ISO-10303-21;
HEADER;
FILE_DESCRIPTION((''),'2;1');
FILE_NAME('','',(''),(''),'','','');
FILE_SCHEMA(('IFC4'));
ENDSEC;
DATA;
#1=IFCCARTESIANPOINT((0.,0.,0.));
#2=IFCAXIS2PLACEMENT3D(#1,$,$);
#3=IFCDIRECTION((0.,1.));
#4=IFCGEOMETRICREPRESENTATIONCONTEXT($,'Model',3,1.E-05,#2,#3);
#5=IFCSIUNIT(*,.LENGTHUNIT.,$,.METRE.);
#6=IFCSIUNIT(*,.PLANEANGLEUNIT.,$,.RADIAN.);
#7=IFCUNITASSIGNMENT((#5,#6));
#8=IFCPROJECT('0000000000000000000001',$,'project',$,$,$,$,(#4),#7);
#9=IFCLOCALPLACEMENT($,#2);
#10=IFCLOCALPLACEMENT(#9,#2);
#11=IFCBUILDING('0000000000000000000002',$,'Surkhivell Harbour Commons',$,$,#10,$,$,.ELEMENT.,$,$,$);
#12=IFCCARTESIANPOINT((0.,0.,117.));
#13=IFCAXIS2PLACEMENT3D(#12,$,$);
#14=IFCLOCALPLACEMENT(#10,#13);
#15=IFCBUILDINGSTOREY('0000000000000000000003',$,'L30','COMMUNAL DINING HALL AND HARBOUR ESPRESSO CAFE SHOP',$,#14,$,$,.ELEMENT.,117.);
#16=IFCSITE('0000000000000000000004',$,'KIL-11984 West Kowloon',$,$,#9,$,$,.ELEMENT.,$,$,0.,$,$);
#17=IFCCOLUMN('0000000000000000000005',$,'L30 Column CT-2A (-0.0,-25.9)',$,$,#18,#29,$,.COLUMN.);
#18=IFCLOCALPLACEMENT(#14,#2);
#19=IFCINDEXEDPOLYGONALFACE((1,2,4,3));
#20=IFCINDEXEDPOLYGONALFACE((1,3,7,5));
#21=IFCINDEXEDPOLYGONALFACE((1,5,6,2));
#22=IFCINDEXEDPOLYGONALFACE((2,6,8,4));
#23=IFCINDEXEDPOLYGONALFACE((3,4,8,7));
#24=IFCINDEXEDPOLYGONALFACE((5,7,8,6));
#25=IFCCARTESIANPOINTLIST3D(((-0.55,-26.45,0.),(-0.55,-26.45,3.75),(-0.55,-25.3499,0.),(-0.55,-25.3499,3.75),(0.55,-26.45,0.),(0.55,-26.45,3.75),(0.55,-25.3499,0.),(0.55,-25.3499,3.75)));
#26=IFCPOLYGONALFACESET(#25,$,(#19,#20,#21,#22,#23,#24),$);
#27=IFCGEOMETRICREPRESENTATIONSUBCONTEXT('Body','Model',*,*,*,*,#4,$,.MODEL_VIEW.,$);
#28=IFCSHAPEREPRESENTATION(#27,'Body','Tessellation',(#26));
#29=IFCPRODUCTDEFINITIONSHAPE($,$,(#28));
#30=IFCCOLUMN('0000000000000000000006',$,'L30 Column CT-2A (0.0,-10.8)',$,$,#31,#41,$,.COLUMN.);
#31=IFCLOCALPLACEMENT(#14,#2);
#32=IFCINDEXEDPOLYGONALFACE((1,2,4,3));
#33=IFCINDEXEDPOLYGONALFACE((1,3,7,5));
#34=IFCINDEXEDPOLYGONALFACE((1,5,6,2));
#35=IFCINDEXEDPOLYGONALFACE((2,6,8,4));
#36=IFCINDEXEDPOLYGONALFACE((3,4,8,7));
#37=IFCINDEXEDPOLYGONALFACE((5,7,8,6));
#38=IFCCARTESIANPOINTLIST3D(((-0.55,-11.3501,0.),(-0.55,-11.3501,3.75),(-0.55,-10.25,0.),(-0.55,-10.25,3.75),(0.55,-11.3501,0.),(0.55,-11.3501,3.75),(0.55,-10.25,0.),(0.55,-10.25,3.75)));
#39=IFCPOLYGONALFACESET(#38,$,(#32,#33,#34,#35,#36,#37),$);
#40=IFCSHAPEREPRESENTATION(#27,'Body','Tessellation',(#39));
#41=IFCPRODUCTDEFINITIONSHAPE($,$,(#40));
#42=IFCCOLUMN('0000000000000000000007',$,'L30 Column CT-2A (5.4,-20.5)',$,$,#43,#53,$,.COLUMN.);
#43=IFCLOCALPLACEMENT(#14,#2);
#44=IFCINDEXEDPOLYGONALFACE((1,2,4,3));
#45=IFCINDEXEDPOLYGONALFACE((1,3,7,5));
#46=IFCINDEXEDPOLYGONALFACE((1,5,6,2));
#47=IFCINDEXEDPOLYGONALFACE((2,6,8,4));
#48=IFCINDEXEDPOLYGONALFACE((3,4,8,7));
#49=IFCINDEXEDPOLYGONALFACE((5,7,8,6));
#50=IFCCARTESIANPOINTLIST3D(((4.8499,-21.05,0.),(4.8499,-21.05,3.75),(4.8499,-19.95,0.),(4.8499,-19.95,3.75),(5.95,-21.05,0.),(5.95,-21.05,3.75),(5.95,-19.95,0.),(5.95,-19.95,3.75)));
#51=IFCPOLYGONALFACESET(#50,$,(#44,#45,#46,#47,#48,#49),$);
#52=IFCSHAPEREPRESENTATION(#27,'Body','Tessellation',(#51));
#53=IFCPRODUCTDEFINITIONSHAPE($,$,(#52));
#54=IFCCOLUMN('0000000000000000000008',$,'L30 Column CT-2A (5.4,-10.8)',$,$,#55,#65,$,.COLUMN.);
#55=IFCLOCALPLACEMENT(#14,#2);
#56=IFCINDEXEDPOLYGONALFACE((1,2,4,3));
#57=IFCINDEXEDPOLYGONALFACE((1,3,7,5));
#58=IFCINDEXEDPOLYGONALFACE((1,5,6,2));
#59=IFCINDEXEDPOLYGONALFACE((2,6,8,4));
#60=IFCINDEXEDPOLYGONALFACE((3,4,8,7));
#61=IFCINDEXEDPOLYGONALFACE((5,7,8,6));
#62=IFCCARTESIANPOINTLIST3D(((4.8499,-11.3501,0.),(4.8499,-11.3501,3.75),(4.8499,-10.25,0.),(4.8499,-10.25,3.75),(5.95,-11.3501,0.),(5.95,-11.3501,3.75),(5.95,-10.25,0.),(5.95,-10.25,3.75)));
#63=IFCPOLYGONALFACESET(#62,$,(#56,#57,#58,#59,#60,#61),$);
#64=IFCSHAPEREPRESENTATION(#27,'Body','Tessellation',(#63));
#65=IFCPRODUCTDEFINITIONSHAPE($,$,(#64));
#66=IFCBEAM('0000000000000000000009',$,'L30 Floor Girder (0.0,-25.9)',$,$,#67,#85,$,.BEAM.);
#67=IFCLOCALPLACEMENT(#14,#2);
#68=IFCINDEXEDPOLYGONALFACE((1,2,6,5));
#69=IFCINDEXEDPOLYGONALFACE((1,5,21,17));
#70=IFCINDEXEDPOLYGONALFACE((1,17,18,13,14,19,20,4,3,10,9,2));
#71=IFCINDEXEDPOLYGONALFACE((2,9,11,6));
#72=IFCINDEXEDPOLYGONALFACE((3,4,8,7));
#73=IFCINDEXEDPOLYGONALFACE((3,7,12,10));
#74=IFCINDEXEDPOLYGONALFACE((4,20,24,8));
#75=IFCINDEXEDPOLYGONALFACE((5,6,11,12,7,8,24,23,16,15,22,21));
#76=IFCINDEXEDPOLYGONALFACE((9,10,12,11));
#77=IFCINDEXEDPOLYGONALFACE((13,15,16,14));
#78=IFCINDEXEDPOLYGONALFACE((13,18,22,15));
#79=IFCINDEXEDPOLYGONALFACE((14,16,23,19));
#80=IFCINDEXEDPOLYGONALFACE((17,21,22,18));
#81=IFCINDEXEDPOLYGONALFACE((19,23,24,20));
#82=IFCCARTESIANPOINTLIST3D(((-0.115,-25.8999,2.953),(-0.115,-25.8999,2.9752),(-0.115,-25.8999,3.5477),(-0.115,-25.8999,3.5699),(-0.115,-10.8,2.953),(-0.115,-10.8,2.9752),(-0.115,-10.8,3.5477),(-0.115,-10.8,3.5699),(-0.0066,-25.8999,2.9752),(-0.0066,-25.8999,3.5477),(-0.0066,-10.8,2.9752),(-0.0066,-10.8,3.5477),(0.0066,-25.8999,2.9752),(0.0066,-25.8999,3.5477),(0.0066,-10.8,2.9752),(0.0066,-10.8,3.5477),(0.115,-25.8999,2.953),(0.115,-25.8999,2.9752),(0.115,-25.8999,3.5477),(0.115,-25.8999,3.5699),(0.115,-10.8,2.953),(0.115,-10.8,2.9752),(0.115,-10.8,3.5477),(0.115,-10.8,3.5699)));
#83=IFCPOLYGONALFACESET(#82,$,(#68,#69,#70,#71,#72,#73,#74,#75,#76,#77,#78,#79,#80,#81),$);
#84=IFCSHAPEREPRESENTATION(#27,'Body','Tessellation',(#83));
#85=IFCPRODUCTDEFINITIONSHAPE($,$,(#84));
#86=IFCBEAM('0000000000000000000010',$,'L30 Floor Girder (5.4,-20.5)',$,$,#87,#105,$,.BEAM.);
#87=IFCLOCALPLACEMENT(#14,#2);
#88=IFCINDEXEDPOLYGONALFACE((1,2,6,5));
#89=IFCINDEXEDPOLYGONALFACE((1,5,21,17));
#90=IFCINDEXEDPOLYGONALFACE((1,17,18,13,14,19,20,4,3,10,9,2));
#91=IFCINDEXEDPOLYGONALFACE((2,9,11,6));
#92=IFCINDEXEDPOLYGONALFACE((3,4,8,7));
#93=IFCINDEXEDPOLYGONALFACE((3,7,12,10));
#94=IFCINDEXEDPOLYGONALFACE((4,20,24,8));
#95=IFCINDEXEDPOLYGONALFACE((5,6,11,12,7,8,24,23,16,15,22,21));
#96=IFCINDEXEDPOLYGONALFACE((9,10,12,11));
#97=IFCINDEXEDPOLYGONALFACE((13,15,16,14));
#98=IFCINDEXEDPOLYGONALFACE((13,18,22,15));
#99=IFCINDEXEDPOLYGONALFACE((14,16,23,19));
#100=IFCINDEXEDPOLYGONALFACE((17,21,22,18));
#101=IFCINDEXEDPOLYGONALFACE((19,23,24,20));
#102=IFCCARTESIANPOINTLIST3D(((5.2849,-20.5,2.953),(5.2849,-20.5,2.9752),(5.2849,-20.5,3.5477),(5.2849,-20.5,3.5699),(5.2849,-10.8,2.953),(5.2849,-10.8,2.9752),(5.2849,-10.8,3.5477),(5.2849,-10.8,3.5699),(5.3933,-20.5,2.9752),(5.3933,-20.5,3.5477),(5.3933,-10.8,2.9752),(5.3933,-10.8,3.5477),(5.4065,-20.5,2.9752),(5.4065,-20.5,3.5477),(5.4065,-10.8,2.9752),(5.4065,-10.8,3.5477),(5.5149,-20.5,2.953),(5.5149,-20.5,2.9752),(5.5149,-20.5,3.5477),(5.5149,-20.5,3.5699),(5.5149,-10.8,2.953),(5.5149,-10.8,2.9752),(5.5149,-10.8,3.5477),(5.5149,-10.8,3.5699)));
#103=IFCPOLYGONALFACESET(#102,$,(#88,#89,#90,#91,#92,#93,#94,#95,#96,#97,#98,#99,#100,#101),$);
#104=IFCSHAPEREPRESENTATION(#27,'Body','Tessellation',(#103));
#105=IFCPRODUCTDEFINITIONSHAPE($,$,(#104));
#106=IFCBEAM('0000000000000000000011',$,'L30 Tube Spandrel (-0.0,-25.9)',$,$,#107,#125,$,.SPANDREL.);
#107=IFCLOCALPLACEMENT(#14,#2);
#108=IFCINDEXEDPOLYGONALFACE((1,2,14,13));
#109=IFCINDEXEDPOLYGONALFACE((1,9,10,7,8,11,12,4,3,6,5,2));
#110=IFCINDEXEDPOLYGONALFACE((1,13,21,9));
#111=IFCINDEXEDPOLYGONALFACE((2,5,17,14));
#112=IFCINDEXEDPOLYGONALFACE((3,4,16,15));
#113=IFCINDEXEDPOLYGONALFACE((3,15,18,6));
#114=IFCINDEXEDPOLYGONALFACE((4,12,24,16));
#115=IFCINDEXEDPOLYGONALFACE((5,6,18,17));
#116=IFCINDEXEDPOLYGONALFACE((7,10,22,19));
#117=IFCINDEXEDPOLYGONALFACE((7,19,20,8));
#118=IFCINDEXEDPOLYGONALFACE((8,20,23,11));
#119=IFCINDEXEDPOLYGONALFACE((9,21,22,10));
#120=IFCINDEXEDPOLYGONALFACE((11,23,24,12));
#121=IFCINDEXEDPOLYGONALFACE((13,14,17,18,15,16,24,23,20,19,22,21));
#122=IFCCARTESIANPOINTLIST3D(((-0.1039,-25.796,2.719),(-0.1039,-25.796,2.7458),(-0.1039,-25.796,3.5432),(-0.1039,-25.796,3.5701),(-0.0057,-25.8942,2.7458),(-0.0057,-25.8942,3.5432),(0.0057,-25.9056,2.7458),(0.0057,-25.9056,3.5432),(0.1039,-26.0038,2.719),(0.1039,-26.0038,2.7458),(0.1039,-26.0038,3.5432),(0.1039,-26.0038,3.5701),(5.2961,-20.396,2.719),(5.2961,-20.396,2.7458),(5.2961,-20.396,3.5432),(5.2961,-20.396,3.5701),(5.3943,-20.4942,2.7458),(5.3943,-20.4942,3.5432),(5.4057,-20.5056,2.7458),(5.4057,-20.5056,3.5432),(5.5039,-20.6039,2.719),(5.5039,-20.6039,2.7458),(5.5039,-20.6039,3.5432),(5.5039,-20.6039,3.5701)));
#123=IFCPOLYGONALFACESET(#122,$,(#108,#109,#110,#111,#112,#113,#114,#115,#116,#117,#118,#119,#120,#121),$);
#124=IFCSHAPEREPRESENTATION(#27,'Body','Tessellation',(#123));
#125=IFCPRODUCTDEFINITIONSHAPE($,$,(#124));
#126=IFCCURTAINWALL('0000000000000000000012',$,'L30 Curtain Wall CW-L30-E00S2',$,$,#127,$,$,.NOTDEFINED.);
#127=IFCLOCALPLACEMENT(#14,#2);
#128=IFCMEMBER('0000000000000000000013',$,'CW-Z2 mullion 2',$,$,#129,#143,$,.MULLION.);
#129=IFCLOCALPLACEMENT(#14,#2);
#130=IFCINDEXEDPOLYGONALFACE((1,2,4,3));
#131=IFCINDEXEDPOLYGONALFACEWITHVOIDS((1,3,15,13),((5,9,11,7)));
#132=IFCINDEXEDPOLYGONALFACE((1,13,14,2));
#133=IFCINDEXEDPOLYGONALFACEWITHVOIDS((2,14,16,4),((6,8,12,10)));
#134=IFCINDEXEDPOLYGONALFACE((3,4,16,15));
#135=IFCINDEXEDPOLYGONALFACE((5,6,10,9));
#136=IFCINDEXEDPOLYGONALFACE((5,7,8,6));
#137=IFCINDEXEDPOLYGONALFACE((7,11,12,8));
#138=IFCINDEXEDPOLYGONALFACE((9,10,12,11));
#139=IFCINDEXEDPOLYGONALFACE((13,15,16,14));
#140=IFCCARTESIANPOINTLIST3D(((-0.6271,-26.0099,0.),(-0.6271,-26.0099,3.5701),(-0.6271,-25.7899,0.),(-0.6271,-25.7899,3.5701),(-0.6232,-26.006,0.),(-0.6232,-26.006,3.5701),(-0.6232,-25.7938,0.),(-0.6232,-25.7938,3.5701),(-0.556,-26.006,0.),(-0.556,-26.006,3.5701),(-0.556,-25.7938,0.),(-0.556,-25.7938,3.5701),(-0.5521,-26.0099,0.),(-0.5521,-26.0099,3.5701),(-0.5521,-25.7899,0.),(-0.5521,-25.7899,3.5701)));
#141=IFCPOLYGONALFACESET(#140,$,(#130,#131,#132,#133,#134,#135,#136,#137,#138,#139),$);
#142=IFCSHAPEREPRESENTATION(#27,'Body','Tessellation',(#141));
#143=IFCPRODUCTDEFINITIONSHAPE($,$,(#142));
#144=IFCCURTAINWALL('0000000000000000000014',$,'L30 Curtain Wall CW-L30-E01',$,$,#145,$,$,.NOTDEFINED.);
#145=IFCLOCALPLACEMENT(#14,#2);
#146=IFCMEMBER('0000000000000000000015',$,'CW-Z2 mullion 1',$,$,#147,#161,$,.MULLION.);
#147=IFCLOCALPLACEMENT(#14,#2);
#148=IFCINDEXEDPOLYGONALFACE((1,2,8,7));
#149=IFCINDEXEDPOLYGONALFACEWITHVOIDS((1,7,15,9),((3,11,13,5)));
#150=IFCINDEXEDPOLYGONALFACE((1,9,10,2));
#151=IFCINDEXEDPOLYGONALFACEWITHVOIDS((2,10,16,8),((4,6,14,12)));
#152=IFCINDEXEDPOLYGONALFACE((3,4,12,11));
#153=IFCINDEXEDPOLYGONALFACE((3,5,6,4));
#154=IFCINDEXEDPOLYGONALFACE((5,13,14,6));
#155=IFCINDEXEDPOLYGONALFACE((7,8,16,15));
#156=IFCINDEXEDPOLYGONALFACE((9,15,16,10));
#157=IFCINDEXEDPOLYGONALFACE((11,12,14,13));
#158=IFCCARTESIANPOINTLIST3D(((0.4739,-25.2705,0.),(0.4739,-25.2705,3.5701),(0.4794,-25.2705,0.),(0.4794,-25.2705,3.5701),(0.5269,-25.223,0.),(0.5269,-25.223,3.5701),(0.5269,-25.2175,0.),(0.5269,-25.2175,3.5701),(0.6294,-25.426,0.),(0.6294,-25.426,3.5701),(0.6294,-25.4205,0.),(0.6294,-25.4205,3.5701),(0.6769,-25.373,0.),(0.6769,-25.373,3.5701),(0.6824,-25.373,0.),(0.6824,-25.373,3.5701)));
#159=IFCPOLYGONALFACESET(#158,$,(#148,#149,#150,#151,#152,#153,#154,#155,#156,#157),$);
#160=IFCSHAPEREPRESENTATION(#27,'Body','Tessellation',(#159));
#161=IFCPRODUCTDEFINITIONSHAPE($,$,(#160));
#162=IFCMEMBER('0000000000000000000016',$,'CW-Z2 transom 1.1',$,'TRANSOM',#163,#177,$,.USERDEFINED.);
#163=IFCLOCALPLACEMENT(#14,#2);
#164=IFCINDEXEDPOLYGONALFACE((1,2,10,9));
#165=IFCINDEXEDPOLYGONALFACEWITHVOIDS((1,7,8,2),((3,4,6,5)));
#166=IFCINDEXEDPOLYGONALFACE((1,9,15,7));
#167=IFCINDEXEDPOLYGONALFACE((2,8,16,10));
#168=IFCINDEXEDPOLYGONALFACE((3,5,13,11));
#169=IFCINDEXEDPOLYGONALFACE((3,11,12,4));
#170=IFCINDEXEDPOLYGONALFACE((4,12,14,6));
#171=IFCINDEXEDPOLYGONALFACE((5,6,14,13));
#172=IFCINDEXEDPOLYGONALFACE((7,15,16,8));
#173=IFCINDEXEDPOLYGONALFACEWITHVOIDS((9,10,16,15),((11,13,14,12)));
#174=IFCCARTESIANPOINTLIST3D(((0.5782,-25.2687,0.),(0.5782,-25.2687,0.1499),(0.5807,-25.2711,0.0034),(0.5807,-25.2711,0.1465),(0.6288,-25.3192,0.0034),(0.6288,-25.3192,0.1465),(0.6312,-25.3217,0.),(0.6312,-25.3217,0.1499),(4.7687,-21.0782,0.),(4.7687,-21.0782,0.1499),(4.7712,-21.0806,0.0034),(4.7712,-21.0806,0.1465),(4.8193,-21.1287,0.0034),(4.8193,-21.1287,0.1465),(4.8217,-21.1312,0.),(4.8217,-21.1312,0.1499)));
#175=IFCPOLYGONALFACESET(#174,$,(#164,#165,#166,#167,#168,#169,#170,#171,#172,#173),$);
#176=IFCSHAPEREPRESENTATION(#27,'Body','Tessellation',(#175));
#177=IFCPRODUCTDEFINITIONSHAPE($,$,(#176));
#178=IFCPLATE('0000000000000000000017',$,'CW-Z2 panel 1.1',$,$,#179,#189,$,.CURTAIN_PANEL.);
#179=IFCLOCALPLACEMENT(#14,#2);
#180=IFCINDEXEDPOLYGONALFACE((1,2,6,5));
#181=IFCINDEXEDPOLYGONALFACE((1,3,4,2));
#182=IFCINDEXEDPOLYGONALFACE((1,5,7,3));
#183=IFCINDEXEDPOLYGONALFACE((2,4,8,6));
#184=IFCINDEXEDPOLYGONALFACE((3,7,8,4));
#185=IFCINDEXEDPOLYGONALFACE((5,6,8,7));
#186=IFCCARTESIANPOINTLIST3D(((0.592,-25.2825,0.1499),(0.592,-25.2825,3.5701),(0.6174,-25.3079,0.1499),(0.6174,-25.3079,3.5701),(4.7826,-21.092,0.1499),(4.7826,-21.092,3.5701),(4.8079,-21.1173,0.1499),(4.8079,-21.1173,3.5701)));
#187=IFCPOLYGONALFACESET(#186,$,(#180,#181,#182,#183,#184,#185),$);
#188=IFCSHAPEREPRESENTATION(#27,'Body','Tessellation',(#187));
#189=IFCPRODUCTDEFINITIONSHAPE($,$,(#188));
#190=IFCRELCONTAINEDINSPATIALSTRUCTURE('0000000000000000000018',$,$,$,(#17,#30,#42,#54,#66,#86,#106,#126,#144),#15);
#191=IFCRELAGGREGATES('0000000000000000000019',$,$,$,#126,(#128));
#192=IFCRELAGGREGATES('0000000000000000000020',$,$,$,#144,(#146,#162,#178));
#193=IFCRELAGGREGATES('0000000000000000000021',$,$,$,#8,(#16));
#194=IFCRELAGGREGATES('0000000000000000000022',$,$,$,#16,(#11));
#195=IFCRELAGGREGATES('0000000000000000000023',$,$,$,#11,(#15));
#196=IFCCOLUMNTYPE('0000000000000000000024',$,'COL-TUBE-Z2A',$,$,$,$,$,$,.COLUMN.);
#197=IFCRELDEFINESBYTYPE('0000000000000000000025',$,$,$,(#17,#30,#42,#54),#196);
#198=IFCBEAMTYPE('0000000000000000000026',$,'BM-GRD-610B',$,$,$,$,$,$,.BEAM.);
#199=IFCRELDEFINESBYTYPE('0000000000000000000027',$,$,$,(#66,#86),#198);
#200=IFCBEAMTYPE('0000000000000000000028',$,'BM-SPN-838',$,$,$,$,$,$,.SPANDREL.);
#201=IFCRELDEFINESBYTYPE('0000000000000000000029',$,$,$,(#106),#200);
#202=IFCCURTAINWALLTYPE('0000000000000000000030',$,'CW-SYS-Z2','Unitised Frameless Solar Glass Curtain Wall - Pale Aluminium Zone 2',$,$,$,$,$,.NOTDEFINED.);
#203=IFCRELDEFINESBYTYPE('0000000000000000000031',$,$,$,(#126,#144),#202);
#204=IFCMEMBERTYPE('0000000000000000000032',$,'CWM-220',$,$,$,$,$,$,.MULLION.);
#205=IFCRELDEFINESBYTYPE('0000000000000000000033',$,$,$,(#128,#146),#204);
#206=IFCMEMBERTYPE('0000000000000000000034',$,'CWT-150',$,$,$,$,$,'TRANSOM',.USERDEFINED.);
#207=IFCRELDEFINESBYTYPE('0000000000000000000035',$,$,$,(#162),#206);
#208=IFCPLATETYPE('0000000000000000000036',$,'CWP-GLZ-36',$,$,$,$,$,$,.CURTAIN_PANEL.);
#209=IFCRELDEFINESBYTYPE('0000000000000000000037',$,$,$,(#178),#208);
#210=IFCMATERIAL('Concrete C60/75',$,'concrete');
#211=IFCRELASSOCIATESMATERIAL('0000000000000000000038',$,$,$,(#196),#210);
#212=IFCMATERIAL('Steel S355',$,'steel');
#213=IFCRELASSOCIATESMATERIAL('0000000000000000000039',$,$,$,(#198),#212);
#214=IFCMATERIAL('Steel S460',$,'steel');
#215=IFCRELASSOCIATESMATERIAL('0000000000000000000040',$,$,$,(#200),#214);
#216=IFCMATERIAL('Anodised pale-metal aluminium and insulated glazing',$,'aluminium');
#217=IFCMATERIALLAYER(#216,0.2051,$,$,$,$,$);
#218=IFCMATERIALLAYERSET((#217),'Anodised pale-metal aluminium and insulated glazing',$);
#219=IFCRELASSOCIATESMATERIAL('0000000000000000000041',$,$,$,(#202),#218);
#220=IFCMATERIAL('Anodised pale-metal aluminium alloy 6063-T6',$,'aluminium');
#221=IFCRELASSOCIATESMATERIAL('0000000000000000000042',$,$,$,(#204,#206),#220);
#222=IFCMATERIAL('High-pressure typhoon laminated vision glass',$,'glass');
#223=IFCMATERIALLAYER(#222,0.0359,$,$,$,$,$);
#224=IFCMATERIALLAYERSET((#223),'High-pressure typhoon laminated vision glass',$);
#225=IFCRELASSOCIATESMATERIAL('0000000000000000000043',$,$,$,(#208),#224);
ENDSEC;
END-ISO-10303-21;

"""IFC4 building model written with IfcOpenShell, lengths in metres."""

from ifc_helpers import new_model, si_unit, direction, frame, frame_2d, origin, origin_2d, place, context, subcontext, project, spatial, rectangle, hollow_rectangle, i_section, extrude, material, layer, layer_set, material_profile, profile_set, type_object, element, aggregate, save


model = new_model("IFC4")

# Units and contexts
model_context = context("Model", 3, precision=1e-05, world=origin(), true_north=direction((0.0, 1.0)))
body_context = subcontext(model_context, "Body", "Model", "MODEL_VIEW")
ifc_project = project(units=[si_unit("LENGTHUNIT", "METRE"), si_unit("PLANEANGLEUNIT", "RADIAN")], contexts=[model_context])

# Site, building, storey
site_placement = place(None, origin())
site = spatial("IfcSite", under=ifc_project, at=site_placement, Name="KIL-11984 West Kowloon", CompositionType="ELEMENT", RefElevation=0.0)
building_placement = place(site_placement, origin())
building = spatial("IfcBuilding", under=site, at=building_placement, Name="Surkhivell Harbour Commons", CompositionType="ELEMENT")
storey_placement = place(building_placement, frame((0.0, 0.0, 117.0)))
storey = spatial("IfcBuildingStorey", under=building, at=storey_placement, Name="L30", Description="COMMUNAL DINING HALL AND HARBOUR ESPRESSO CAFE SHOP", CompositionType="ELEMENT", Elevation=117.0)

# Columns
ifc_material_1 = material(Name="Concrete C60/75", Category="concrete")
ifc_material_profile_1 = material_profile(ifc_material_1, rectangle(XDim=1.1001, YDim=1.1001, at=origin_2d()), Name="RC-COL-1100x1100")
ifc_profile_set_1 = profile_set([ifc_material_profile_1], Name="Concrete C60/75")
column_type = type_object("IfcColumnType", Name="COL-TUBE-Z2A", PredefinedType="COLUMN", material=ifc_profile_set_1)
for number, where, z_axis, x_axis, name in (
    (1, (0.0, -25.8999, 0.0), (0.0, 0.0, 1.0), (1.0, 0.0, 0.0), "L30 Column CT-2A (-0.0,-25.9)"),
    (2, (0.0, -10.8, 0.0), (0.0, 0.0, 1.0), (1.0, 0.0, 0.0), "L30 Column CT-2A (0.0,-10.8)"),
    (3, (5.3999, -20.5, 0.0), (0.0, 0.0, 1.0), (1.0, 0.0, 0.0), "L30 Column CT-2A (5.4,-20.5)"),
    (4, (5.3999, -10.8, 0.0), (0.0, 0.0, 1.0), (1.0, 0.0, 0.0), "L30 Column CT-2A (5.4,-10.8)"),
):
    element("IfcColumn", number, at=place(storey_placement, frame(where, z_axis=z_axis, x_axis=x_axis)), inside=storey, type_object=column_type, Name=name, PredefinedType="COLUMN", context=body_context, shape_type="SweptSolid", body=[
        extrude(rectangle(XDim=1.1001, YDim=1.1001, at=origin_2d()), origin(), (0.0, 0.0, 1.0), 3.75),
    ])

# Beams
ifc_material_2 = material(Name="Steel S355", Category="steel")
ifc_material_profile_2 = material_profile(ifc_material_2, i_section(OverallWidth=0.23, OverallDepth=0.6169, WebThickness=0.0132, FlangeThickness=0.0222, at=origin_2d()), Name="UB610x229x140")
ifc_profile_set_2 = profile_set([ifc_material_profile_2], Name="Steel S355")
beam_type_1 = type_object("IfcBeamType", Name="BM-GRD-610B", PredefinedType="BEAM", material=ifc_profile_set_2)
beam_1_placement = place(storey_placement, frame((0.0, -25.8999, 3.2615), z_axis=(0.0, 1.0, 0.0), x_axis=(-1.0, 0.0, 0.0)))
element("IfcBeam", 5, at=beam_1_placement, inside=storey, type_object=beam_type_1, Name="L30 Floor Girder (0.0,-25.9)", PredefinedType="BEAM", context=body_context, shape_type="SweptSolid", body=[
    extrude(i_section(OverallWidth=0.23, OverallDepth=0.6169, WebThickness=0.0132, FlangeThickness=0.0222, at=origin_2d()), origin(), (0.0, 0.0, 1.0), 15.0999),
])
beam_2_placement = place(storey_placement, frame((5.3999, -20.5, 3.2615), z_axis=(0.0, 1.0, 0.0), x_axis=(-1.0, 0.0, 0.0)))
element("IfcBeam", 6, at=beam_2_placement, inside=storey, type_object=beam_type_1, Name="L30 Floor Girder (5.4,-20.5)", PredefinedType="BEAM", context=body_context, shape_type="SweptSolid", body=[
    extrude(i_section(OverallWidth=0.23, OverallDepth=0.6169, WebThickness=0.0132, FlangeThickness=0.0222, at=origin_2d()), origin(), (0.0, 0.0, 1.0), 9.7),
])
ifc_material_3 = material(Name="Steel S460", Category="steel")
ifc_material_profile_3 = material_profile(ifc_material_3, i_section(OverallWidth=0.2939, OverallDepth=0.8511, WebThickness=0.0161, FlangeThickness=0.0269, at=origin_2d()), Name="UB838x292x226")
ifc_profile_set_3 = profile_set([ifc_material_profile_3], Name="Steel S460")
beam_type_2 = type_object("IfcBeamType", Name="BM-SPN-838", PredefinedType="SPANDREL", material=ifc_profile_set_3)
beam_3_placement = place(storey_placement, frame((0.0, -25.8999, 3.1445), z_axis=(0.707107, 0.707107, 0.0), x_axis=(-0.707107, 0.707107, 0.0)))
element("IfcBeam", 7, at=beam_3_placement, inside=storey, type_object=beam_type_2, Name="L30 Tube Spandrel (-0.0,-25.9)", PredefinedType="SPANDREL", context=body_context, shape_type="SweptSolid", body=[
    extrude(i_section(OverallWidth=0.2939, OverallDepth=0.8511, WebThickness=0.0161, FlangeThickness=0.0269, at=origin_2d()), origin(), (0.0, 0.0, 1.0), 7.6367),
])

# Curtain wall, member
ifc_material_4 = material(Name="Anodised pale-metal aluminium and insulated glazing", Category="aluminium")
ifc_layer_1 = layer(ifc_material_4, 0.2051)
ifc_layer_set_1 = layer_set([ifc_layer_1], Name="Anodised pale-metal aluminium and insulated glazing")
curtain_wall_type = type_object("IfcCurtainWallType", Name="CW-SYS-Z2", Description="Unitised Frameless Solar Glass Curtain Wall - Pale Aluminium Zone 2", PredefinedType="NOTDEFINED", material=ifc_layer_set_1)
curtain_wall_1_placement = place(storey_placement, origin())
curtain_wall_1 = element("IfcCurtainWall", 8, at=curtain_wall_1_placement, inside=storey, type_object=curtain_wall_type, Name="L30 Curtain Wall CW-L30-E00S2", PredefinedType="NOTDEFINED")
ifc_material_5 = material(Name="Anodised pale-metal aluminium alloy 6063-T6", Category="aluminium")
ifc_material_profile_4 = material_profile(ifc_material_5, hollow_rectangle(XDim=0.075, YDim=0.22, WallThickness=0.0039, at=origin_2d()), Name="ALU-MULL-75x220")
ifc_profile_set_4 = profile_set([ifc_material_profile_4], Name="Anodised pale-metal aluminium alloy 6063-T6")
member_type_1 = type_object("IfcMemberType", Name="CWM-220", PredefinedType="MULLION", material=ifc_profile_set_4)
member_1_placement = place(storey_placement, frame((-0.5896, -25.8999, 0.0), z_axis=(0.0, 0.0, 1.0), x_axis=(1.0, 0.0, 0.0)))
member_1 = element("IfcMember", 9, at=member_1_placement, type_object=member_type_1, Name="CW-Z2 mullion 2", PredefinedType="MULLION", context=body_context, shape_type="SweptSolid", body=[
    extrude(hollow_rectangle(XDim=0.075, YDim=0.22, WallThickness=0.0039, at=origin_2d()), origin(), (0.0, 0.0, 1.0), 3.5701),
])
aggregate(curtain_wall_1, [member_1])

# Curtain wall, members, plate
curtain_wall_2_placement = place(storey_placement, origin())
curtain_wall_2 = element("IfcCurtainWall", 10, at=curtain_wall_2_placement, inside=storey, type_object=curtain_wall_type, Name="L30 Curtain Wall CW-L30-E01", PredefinedType="NOTDEFINED")
member_2_placement = place(storey_placement, frame((0.5781, -25.3218, 0.0), z_axis=(0.0, 0.0, 1.0), x_axis=(0.707107, 0.707107, 0.0)))
member_2 = element("IfcMember", 11, at=member_2_placement, type_object=member_type_1, Name="CW-Z2 mullion 1", PredefinedType="MULLION", context=body_context, shape_type="SweptSolid", body=[
    extrude(hollow_rectangle(XDim=0.075, YDim=0.22, WallThickness=0.0039, at=origin_2d()), origin(), (0.0, 0.0, 1.0), 3.5701),
])
ifc_material_profile_5 = material_profile(ifc_material_5, hollow_rectangle(XDim=0.075, YDim=0.1499, WallThickness=0.0034, at=origin_2d()), Name="ALU-TRAN-75x150")
ifc_profile_set_5 = profile_set([ifc_material_profile_5], Name="Anodised pale-metal aluminium alloy 6063-T6")
member_type_2 = type_object("IfcMemberType", Name="CWT-150", ElementType="TRANSOM", PredefinedType="USERDEFINED", material=ifc_profile_set_5)
member_3_placement = place(storey_placement, frame((0.6047, -25.2952, 0.075), z_axis=(0.707107, 0.707107, 0.0), x_axis=(-0.707107, 0.707107, 0.0)))
member_3 = element("IfcMember", 12, at=member_3_placement, type_object=member_type_2, Name="CW-Z2 transom 1.1", ObjectType="TRANSOM", PredefinedType="USERDEFINED", context=body_context, shape_type="SweptSolid", body=[
    extrude(hollow_rectangle(XDim=0.075, YDim=0.1499, WallThickness=0.0034, at=origin_2d()), origin(), (0.0, 0.0, 1.0), 5.9263),
])
ifc_material_6 = material(Name="High-pressure typhoon laminated vision glass", Category="glass")
ifc_layer_2 = layer(ifc_material_6, 0.0359)
ifc_layer_set_2 = layer_set([ifc_layer_2], Name="High-pressure typhoon laminated vision glass")
plate_type = type_object("IfcPlateType", Name="CWP-GLZ-36", PredefinedType="CURTAIN_PANEL", material=ifc_layer_set_2)
plate_placement = place(storey_placement, frame((0.6047, -25.2952, 0.1499), z_axis=(0.0, 0.0, 1.0), x_axis=(0.707107, 0.707107, 0.0)))
plate = element("IfcPlate", 13, at=plate_placement, type_object=plate_type, Name="CW-Z2 panel 1.1", PredefinedType="CURTAIN_PANEL", context=body_context, shape_type="SweptSolid", body=[
    extrude(rectangle(XDim=5.9263, YDim=0.0359, at=frame_2d((2.9631, 0.0))), origin(), (0.0, 0.0, 1.0), 3.4202),
])
aggregate(curtain_wall_2, [member_2, member_3, plate])

save(model, "model.ifc")
